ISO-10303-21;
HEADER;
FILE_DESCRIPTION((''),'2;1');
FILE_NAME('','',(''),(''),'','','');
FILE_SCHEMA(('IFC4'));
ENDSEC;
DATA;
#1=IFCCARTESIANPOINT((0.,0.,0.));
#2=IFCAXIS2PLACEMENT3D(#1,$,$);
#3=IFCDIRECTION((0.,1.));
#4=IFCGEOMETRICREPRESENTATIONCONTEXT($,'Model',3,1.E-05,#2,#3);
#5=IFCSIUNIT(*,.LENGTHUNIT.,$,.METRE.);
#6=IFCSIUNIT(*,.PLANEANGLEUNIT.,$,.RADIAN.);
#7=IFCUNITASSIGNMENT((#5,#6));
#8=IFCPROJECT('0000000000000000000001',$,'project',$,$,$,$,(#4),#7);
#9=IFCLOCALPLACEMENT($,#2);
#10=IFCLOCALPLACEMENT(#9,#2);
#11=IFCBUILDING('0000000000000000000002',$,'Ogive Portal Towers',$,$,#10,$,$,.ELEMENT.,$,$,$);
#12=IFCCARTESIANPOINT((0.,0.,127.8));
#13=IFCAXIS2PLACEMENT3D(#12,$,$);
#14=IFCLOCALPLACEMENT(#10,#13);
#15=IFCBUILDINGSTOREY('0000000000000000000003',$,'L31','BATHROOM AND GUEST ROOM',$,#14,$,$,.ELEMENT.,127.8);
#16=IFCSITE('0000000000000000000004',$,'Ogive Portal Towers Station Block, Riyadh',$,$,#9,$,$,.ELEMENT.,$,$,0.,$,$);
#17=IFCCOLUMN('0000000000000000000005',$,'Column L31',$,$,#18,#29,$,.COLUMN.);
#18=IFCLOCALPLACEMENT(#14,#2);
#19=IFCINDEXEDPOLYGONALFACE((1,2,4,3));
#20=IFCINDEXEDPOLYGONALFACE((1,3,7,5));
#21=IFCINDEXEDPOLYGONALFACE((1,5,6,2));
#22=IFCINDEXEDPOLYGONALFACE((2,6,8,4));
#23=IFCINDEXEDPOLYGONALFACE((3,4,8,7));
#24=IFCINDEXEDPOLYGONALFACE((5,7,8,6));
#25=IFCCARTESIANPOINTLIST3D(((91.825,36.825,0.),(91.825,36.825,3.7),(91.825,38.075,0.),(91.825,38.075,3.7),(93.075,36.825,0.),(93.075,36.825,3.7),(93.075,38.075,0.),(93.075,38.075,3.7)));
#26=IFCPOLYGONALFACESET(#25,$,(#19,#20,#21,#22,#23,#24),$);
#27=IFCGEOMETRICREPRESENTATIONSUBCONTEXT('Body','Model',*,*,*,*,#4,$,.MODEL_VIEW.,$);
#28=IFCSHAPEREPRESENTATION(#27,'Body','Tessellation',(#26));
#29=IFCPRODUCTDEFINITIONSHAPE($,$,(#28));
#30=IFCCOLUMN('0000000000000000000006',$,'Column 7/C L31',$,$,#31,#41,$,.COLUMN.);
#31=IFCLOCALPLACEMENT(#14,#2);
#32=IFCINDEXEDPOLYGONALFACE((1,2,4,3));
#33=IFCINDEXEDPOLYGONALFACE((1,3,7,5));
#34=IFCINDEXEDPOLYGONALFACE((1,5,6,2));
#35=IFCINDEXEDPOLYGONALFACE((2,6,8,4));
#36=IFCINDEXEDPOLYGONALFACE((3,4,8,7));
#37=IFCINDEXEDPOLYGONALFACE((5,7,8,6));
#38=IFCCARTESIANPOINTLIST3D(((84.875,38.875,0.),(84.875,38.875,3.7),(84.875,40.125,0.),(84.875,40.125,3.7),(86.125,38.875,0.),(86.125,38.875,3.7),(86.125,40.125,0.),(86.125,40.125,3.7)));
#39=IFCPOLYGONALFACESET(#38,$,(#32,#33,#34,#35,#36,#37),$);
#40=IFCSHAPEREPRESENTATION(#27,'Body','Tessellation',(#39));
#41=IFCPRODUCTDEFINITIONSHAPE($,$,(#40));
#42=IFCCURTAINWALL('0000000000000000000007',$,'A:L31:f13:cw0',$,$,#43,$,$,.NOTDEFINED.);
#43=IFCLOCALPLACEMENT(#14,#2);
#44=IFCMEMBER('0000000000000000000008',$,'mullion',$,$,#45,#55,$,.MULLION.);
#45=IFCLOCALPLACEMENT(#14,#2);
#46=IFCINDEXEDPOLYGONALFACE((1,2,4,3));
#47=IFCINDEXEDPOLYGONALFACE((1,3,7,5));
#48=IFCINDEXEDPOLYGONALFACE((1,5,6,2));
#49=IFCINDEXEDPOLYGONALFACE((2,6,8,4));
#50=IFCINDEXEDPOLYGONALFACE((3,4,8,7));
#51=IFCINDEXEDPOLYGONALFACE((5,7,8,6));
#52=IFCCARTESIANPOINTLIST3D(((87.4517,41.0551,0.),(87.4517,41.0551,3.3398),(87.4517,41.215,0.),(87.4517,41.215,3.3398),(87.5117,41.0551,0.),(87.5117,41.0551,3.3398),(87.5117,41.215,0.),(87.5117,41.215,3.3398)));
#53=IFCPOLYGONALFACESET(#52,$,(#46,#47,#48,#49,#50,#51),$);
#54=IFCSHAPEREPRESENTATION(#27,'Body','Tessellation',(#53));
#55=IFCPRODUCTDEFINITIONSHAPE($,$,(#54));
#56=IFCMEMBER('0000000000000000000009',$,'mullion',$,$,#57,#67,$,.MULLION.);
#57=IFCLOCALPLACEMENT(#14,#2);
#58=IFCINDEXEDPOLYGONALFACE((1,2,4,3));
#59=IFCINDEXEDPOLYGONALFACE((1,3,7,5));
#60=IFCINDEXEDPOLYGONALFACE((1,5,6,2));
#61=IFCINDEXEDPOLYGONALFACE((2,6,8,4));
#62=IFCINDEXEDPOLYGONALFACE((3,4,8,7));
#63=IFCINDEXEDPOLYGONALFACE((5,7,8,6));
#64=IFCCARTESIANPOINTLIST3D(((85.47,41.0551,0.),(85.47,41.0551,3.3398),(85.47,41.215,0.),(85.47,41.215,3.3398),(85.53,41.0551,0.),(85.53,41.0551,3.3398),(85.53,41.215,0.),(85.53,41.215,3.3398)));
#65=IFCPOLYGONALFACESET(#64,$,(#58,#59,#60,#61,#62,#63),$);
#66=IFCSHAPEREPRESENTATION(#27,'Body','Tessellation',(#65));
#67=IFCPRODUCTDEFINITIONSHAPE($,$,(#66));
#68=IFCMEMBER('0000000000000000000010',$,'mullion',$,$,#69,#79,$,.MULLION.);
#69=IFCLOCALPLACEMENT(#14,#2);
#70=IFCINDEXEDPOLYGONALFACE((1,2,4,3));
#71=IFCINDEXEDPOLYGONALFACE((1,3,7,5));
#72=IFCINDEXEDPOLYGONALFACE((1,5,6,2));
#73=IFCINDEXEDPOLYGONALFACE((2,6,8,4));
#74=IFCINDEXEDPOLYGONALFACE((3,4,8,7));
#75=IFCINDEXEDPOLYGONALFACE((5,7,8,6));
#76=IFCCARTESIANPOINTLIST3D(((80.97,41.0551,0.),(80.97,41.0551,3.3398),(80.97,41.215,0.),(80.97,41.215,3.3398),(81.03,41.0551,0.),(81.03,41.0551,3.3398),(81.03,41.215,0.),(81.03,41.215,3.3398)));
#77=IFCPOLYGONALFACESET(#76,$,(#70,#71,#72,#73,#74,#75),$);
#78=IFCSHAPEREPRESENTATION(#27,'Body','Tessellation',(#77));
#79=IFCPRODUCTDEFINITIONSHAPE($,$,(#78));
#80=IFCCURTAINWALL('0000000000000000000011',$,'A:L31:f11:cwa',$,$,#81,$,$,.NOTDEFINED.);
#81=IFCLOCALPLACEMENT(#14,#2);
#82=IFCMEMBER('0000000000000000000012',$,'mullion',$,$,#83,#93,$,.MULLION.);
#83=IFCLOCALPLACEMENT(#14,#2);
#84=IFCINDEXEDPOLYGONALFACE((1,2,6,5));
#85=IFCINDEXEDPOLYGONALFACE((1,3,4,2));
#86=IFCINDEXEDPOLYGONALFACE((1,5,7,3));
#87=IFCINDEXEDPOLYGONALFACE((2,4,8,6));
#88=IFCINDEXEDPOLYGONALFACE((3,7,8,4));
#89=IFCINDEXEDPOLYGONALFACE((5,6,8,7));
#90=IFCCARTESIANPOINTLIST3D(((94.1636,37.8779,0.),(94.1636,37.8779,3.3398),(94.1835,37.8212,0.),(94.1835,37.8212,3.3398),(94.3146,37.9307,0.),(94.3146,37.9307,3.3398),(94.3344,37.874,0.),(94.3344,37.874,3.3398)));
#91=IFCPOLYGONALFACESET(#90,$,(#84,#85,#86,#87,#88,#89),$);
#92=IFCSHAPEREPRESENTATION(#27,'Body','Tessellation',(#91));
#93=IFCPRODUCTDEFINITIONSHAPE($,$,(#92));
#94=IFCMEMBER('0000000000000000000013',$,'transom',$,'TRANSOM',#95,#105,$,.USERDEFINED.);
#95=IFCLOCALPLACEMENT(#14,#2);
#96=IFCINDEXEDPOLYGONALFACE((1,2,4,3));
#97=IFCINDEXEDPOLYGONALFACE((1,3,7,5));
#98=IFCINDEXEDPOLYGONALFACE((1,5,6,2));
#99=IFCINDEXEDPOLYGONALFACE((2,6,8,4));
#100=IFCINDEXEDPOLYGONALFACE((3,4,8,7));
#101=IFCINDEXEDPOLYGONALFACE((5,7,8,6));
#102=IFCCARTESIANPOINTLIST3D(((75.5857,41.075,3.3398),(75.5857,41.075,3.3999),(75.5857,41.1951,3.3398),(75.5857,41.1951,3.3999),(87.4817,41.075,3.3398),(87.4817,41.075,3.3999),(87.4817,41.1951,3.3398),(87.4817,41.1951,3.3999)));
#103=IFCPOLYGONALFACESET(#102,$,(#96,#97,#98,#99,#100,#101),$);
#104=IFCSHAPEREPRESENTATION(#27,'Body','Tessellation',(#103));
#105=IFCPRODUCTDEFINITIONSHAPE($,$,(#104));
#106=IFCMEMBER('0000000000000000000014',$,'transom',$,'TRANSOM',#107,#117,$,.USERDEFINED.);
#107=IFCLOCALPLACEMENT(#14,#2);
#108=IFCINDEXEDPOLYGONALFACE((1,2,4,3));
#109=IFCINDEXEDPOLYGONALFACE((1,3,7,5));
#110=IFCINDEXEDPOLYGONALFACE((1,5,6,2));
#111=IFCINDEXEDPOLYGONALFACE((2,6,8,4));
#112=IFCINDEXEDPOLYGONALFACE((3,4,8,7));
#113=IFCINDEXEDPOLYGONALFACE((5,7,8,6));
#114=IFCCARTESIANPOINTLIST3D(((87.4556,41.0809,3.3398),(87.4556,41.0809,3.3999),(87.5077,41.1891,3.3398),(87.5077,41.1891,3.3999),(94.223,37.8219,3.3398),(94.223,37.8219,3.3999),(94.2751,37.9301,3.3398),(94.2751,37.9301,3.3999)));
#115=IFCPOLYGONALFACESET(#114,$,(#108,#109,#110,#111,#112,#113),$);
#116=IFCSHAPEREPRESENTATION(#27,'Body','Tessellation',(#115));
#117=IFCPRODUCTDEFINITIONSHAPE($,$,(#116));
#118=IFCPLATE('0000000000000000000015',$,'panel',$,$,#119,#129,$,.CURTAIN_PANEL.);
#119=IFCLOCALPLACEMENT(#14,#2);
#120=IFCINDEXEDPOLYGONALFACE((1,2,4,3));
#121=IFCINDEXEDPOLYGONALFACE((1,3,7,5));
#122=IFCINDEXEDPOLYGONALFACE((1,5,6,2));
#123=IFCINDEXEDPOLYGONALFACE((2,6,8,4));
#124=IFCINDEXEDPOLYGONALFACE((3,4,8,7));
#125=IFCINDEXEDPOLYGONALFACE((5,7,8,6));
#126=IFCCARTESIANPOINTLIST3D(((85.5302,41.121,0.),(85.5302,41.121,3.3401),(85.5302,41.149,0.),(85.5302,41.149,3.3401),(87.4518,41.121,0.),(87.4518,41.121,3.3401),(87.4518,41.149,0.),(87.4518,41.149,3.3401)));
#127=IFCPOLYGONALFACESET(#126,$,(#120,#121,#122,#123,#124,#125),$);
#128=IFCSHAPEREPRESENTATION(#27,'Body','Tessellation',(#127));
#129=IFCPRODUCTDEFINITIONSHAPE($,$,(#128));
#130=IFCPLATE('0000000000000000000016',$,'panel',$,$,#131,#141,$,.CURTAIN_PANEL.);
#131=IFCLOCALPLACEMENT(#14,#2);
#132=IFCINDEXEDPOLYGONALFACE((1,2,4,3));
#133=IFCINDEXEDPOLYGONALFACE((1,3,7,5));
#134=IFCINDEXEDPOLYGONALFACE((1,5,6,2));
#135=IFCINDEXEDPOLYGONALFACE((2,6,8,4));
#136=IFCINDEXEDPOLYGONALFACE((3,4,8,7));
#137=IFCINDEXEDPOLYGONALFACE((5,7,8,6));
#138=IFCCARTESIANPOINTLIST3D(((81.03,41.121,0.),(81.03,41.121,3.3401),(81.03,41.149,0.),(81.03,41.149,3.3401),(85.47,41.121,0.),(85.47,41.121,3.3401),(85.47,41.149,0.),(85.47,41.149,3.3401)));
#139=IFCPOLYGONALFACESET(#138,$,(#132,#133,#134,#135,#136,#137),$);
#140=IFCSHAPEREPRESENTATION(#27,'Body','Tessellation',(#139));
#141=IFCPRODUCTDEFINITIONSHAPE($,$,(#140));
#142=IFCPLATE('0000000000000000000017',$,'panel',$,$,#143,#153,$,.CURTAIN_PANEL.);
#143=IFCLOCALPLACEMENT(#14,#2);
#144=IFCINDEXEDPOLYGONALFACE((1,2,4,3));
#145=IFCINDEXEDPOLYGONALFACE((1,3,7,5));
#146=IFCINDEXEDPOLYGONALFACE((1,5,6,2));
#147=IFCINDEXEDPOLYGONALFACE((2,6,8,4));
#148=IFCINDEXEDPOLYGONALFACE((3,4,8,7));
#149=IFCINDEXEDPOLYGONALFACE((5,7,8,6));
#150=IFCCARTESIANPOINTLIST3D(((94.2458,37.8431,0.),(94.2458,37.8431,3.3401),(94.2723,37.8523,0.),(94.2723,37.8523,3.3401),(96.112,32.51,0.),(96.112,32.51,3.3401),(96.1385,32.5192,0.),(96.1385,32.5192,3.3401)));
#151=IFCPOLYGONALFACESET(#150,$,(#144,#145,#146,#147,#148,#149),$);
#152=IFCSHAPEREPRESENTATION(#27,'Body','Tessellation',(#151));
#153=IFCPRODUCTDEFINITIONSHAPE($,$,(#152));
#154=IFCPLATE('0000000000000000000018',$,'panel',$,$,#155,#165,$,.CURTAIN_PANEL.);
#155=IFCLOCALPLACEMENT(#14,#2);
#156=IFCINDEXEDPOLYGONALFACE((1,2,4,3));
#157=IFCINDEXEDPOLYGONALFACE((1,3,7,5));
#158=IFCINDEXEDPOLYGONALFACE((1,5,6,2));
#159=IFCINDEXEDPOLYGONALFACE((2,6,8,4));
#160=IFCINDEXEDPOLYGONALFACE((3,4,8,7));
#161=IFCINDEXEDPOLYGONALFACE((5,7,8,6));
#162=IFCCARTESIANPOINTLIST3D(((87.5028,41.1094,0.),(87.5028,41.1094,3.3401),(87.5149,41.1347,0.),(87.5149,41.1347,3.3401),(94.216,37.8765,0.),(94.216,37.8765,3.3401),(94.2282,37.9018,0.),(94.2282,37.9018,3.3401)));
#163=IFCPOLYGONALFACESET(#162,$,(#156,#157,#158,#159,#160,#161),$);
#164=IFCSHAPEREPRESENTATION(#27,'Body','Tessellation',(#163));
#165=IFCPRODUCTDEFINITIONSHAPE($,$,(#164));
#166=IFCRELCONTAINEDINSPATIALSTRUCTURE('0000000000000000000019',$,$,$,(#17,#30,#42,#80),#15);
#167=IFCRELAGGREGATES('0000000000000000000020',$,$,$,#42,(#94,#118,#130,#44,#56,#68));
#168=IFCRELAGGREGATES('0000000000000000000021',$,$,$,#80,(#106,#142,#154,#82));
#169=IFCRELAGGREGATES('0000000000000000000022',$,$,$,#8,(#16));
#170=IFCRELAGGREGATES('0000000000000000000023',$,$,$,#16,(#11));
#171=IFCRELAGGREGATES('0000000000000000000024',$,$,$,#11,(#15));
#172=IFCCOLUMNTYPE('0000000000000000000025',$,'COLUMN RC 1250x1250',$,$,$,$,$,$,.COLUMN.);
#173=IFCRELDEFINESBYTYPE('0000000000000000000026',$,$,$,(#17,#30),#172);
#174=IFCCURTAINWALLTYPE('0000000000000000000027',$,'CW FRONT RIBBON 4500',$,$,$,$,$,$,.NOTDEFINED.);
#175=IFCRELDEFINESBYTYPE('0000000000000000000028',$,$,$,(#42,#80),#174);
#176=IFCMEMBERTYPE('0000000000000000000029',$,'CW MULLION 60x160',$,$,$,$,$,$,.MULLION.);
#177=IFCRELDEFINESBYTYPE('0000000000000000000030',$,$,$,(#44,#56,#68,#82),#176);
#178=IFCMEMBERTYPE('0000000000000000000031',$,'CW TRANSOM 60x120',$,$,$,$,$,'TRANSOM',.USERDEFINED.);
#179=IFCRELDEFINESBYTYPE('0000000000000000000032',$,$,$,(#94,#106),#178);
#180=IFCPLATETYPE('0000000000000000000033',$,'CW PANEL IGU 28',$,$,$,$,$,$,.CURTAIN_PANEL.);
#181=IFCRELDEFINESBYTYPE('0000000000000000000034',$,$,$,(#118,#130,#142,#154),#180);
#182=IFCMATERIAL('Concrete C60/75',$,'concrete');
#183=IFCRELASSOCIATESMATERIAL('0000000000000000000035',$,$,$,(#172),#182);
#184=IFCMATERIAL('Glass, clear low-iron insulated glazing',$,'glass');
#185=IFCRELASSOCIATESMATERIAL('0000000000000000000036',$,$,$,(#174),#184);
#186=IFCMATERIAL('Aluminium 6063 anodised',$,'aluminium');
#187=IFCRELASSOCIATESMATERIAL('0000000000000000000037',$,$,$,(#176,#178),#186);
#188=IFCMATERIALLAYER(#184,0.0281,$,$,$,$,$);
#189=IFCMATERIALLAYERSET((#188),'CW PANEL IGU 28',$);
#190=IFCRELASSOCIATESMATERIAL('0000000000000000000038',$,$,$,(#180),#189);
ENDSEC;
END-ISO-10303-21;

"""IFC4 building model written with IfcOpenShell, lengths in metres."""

from ifc_helpers import new_model, si_unit, direction, frame, origin, origin_2d, place, context, subcontext, project, spatial, rectangle, extrude, material, layer, layer_set, material_profile, profile_set, type_object, element, aggregate, save


model = new_model("IFC4")

# Units and contexts
model_context = context("Model", 3, precision=1e-05, world=origin(), true_north=direction((0.0, 1.0)))
body_context = subcontext(model_context, "Body", "Model", "MODEL_VIEW")
ifc_project = project(units=[si_unit("LENGTHUNIT", "METRE"), si_unit("PLANEANGLEUNIT", "RADIAN")], contexts=[model_context])

# Site, building, storey
site_placement = place(None, origin())
site = spatial("IfcSite", under=ifc_project, at=site_placement, Name="Ogive Portal Towers Station Block, Riyadh", CompositionType="ELEMENT", RefElevation=0.0)
building_placement = place(site_placement, origin())
building = spatial("IfcBuilding", under=site, at=building_placement, Name="Ogive Portal Towers", CompositionType="ELEMENT")
storey_placement = place(building_placement, frame((0.0, 0.0, 127.8)))
storey = spatial("IfcBuildingStorey", under=building, at=storey_placement, Name="L31", Description="BATHROOM AND GUEST ROOM", CompositionType="ELEMENT", Elevation=127.8)

# Columns
ifc_material_1 = material(Name="Concrete C60/75", Category="concrete")
ifc_material_profile_1 = material_profile(ifc_material_1, rectangle(XDim=1.25, YDim=1.25, at=origin_2d()), Name="RC 1250x1250")
ifc_profile_set_1 = profile_set([ifc_material_profile_1], Name="Concrete C60/75")
column_type = type_object("IfcColumnType", Name="COLUMN RC 1250x1250", PredefinedType="COLUMN", material=ifc_profile_set_1)
for number, where, z_axis, x_axis, name in (
    (1, (92.45, 37.45, 0.0), (0.0, 0.0, 1.0), (1.0, 0.0, 0.0), "Column L31"),
    (2, (85.5, 39.5, 0.0), (0.0, 0.0, 1.0), (1.0, 0.0, 0.0), "Column 7/C L31"),
):
    element("IfcColumn", number, at=place(storey_placement, frame(where, z_axis=z_axis, x_axis=x_axis)), inside=storey, type_object=column_type, Name=name, PredefinedType="COLUMN", context=body_context, shape_type="SweptSolid", body=[
        extrude(rectangle(XDim=1.25, YDim=1.25, at=origin_2d()), origin(), (0.0, 0.0, 1.0), 3.7),
    ])

# Curtain wall, members
ifc_material_2 = material(Name="Glass, clear low-iron insulated glazing", Category="glass")
curtain_wall_type = type_object("IfcCurtainWallType", Name="CW FRONT RIBBON 4500", PredefinedType="NOTDEFINED", material=ifc_material_2)
curtain_wall_1_placement = place(storey_placement, origin())
curtain_wall_1 = element("IfcCurtainWall", 3, at=curtain_wall_1_placement, inside=storey, type_object=curtain_wall_type, Name="A:L31:f13:cw0", PredefinedType="NOTDEFINED")
ifc_material_3 = material(Name="Aluminium 6063 anodised", Category="aluminium")
ifc_material_profile_2 = material_profile(ifc_material_3, rectangle(XDim=0.1599, YDim=0.0601, at=origin_2d()), Name="AL 60x160")
ifc_profile_set_2 = profile_set([ifc_material_profile_2], Name="Aluminium 6063 anodised")
member_type_1 = type_object("IfcMemberType", Name="CW MULLION 60x160", PredefinedType="MULLION", material=ifc_profile_set_2)
member_1_placement = place(storey_placement, frame((87.4817, 41.135, 0.0), z_axis=(0.0, 0.0, 1.0), x_axis=(0.0, -1.0, 0.0)))
member_1 = element("IfcMember", 4, at=member_1_placement, type_object=member_type_1, Name="mullion", PredefinedType="MULLION", context=body_context, shape_type="SweptSolid", body=[
    extrude(rectangle(XDim=0.1599, YDim=0.0601, at=origin_2d()), origin(), (0.0, 0.0, 1.0), 3.3398),
])
member_2_placement = place(storey_placement, frame((85.5, 41.135, 0.0), z_axis=(0.0, 0.0, 1.0), x_axis=(0.0, -1.0, 0.0)))
member_2 = element("IfcMember", 5, at=member_2_placement, type_object=member_type_1, Name="mullion", PredefinedType="MULLION", context=body_context, shape_type="SweptSolid", body=[
    extrude(rectangle(XDim=0.1599, YDim=0.0601, at=origin_2d()), origin(), (0.0, 0.0, 1.0), 3.3398),
])
member_3_placement = place(storey_placement, frame((81.0, 41.135, 0.0), z_axis=(0.0, 0.0, 1.0), x_axis=(0.0, -1.0, 0.0)))
member_3 = element("IfcMember", 6, at=member_3_placement, type_object=member_type_1, Name="mullion", PredefinedType="MULLION", context=body_context, shape_type="SweptSolid", body=[
    extrude(rectangle(XDim=0.1599, YDim=0.0601, at=origin_2d()), origin(), (0.0, 0.0, 1.0), 3.3398),
])

# Curtain wall, member
curtain_wall_2_placement = place(storey_placement, origin())
curtain_wall_2 = element("IfcCurtainWall", 7, at=curtain_wall_2_placement, inside=storey, type_object=curtain_wall_type, Name="A:L31:f11:cwa", PredefinedType="NOTDEFINED")
member_4_placement = place(storey_placement, frame((94.249, 37.876, 0.0), z_axis=(0.0, 0.0, 1.0), x_axis=(-0.943883, -0.330279, 0.0)))
member_4 = element("IfcMember", 8, at=member_4_placement, type_object=member_type_1, Name="mullion", PredefinedType="MULLION", context=body_context, shape_type="SweptSolid", body=[
    extrude(rectangle(XDim=0.1599, YDim=0.0601, at=origin_2d()), origin(), (0.0, 0.0, 1.0), 3.3398),
])

# Members
ifc_material_profile_3 = material_profile(ifc_material_3, rectangle(XDim=0.1201, YDim=0.0601, at=origin_2d()), Name="AL 120x60")
ifc_profile_set_3 = profile_set([ifc_material_profile_3], Name="Aluminium 6063 anodised")
member_type_2 = type_object("IfcMemberType", Name="CW TRANSOM 60x120", ElementType="TRANSOM", PredefinedType="USERDEFINED", material=ifc_profile_set_3)
member_5_placement = place(storey_placement, frame((87.4817, 41.135, 3.3699), z_axis=(-1.0, 0.0, 0.0), x_axis=(0.0, -1.0, 0.0)))
member_5 = element("IfcMember", 9, at=member_5_placement, type_object=member_type_2, Name="transom", ObjectType="TRANSOM", PredefinedType="USERDEFINED", context=body_context, shape_type="SweptSolid", body=[
    extrude(rectangle(XDim=0.1201, YDim=0.0601, at=origin_2d()), origin(), (0.0, 0.0, 1.0), 11.896),
])
member_6_placement = place(storey_placement, frame((94.249, 37.876, 3.3699), z_axis=(-0.900966, 0.43389, 0.0), x_axis=(-0.43389, -0.900966, 0.0)))
member_6 = element("IfcMember", 10, at=member_6_placement, type_object=member_type_2, Name="transom", ObjectType="TRANSOM", PredefinedType="USERDEFINED", context=body_context, shape_type="SweptSolid", body=[
    extrude(rectangle(XDim=0.1201, YDim=0.0601, at=origin_2d()), origin(), (0.0, 0.0, 1.0), 7.5112),
])

# Plates
ifc_layer_1 = layer(ifc_material_2, 0.0281)
ifc_layer_set_1 = layer_set([ifc_layer_1], Name="CW PANEL IGU 28")
plate_type = type_object("IfcPlateType", Name="CW PANEL IGU 28", PredefinedType="CURTAIN_PANEL", material=ifc_layer_set_1)
plate_1_placement = place(storey_placement, frame((86.491, 41.135, 0.0), z_axis=(0.0, 0.0, 1.0), x_axis=(-1.0, 0.0, 0.0)))
plate_1 = element("IfcPlate", 11, at=plate_1_placement, type_object=plate_type, Name="panel", PredefinedType="CURTAIN_PANEL", context=body_context, shape_type="SweptSolid", body=[
    extrude(rectangle(XDim=1.9216, YDim=0.0281, at=origin_2d()), origin(), (0.0, 0.0, 1.0), 3.3401),
])
plate_2_placement = place(storey_placement, frame((83.25, 41.135, 0.0), z_axis=(0.0, 0.0, 1.0), x_axis=(-1.0, 0.0, 0.0)))
plate_2 = element("IfcPlate", 12, at=plate_2_placement, type_object=plate_type, Name="panel", PredefinedType="CURTAIN_PANEL", context=body_context, shape_type="SweptSolid", body=[
    extrude(rectangle(XDim=4.4399, YDim=0.0281, at=origin_2d()), origin(), (0.0, 0.0, 1.0), 3.3401),
])
aggregate(curtain_wall_1, [member_5, plate_1, plate_2, member_1, member_2, member_3])
plate_3_placement = place(storey_placement, frame((95.1921, 35.1812, 0.0), z_axis=(0.0, 0.0, 1.0), x_axis=(-0.330279, 0.943883, 0.0)))
plate_3 = element("IfcPlate", 13, at=plate_3_placement, type_object=plate_type, Name="panel", PredefinedType="CURTAIN_PANEL", context=body_context, shape_type="SweptSolid", body=[
    extrude(rectangle(XDim=5.6501, YDim=0.0281, at=origin_2d()), origin(), (0.0, 0.0, 1.0), 3.3401),
])
plate_4_placement = place(storey_placement, frame((90.8655, 39.5056, 0.0), z_axis=(0.0, 0.0, 1.0), x_axis=(-0.900969, 0.433884, 0.0)))
plate_4 = element("IfcPlate", 14, at=plate_4_placement, type_object=plate_type, Name="panel", PredefinedType="CURTAIN_PANEL", context=body_context, shape_type="SweptSolid", body=[
    extrude(rectangle(XDim=7.4512, YDim=0.0281, at=origin_2d()), origin(), (0.0, 0.0, 1.0), 3.3401),
])
aggregate(curtain_wall_2, [member_6, plate_3, plate_4, member_4])

save(model, "model.ifc")
